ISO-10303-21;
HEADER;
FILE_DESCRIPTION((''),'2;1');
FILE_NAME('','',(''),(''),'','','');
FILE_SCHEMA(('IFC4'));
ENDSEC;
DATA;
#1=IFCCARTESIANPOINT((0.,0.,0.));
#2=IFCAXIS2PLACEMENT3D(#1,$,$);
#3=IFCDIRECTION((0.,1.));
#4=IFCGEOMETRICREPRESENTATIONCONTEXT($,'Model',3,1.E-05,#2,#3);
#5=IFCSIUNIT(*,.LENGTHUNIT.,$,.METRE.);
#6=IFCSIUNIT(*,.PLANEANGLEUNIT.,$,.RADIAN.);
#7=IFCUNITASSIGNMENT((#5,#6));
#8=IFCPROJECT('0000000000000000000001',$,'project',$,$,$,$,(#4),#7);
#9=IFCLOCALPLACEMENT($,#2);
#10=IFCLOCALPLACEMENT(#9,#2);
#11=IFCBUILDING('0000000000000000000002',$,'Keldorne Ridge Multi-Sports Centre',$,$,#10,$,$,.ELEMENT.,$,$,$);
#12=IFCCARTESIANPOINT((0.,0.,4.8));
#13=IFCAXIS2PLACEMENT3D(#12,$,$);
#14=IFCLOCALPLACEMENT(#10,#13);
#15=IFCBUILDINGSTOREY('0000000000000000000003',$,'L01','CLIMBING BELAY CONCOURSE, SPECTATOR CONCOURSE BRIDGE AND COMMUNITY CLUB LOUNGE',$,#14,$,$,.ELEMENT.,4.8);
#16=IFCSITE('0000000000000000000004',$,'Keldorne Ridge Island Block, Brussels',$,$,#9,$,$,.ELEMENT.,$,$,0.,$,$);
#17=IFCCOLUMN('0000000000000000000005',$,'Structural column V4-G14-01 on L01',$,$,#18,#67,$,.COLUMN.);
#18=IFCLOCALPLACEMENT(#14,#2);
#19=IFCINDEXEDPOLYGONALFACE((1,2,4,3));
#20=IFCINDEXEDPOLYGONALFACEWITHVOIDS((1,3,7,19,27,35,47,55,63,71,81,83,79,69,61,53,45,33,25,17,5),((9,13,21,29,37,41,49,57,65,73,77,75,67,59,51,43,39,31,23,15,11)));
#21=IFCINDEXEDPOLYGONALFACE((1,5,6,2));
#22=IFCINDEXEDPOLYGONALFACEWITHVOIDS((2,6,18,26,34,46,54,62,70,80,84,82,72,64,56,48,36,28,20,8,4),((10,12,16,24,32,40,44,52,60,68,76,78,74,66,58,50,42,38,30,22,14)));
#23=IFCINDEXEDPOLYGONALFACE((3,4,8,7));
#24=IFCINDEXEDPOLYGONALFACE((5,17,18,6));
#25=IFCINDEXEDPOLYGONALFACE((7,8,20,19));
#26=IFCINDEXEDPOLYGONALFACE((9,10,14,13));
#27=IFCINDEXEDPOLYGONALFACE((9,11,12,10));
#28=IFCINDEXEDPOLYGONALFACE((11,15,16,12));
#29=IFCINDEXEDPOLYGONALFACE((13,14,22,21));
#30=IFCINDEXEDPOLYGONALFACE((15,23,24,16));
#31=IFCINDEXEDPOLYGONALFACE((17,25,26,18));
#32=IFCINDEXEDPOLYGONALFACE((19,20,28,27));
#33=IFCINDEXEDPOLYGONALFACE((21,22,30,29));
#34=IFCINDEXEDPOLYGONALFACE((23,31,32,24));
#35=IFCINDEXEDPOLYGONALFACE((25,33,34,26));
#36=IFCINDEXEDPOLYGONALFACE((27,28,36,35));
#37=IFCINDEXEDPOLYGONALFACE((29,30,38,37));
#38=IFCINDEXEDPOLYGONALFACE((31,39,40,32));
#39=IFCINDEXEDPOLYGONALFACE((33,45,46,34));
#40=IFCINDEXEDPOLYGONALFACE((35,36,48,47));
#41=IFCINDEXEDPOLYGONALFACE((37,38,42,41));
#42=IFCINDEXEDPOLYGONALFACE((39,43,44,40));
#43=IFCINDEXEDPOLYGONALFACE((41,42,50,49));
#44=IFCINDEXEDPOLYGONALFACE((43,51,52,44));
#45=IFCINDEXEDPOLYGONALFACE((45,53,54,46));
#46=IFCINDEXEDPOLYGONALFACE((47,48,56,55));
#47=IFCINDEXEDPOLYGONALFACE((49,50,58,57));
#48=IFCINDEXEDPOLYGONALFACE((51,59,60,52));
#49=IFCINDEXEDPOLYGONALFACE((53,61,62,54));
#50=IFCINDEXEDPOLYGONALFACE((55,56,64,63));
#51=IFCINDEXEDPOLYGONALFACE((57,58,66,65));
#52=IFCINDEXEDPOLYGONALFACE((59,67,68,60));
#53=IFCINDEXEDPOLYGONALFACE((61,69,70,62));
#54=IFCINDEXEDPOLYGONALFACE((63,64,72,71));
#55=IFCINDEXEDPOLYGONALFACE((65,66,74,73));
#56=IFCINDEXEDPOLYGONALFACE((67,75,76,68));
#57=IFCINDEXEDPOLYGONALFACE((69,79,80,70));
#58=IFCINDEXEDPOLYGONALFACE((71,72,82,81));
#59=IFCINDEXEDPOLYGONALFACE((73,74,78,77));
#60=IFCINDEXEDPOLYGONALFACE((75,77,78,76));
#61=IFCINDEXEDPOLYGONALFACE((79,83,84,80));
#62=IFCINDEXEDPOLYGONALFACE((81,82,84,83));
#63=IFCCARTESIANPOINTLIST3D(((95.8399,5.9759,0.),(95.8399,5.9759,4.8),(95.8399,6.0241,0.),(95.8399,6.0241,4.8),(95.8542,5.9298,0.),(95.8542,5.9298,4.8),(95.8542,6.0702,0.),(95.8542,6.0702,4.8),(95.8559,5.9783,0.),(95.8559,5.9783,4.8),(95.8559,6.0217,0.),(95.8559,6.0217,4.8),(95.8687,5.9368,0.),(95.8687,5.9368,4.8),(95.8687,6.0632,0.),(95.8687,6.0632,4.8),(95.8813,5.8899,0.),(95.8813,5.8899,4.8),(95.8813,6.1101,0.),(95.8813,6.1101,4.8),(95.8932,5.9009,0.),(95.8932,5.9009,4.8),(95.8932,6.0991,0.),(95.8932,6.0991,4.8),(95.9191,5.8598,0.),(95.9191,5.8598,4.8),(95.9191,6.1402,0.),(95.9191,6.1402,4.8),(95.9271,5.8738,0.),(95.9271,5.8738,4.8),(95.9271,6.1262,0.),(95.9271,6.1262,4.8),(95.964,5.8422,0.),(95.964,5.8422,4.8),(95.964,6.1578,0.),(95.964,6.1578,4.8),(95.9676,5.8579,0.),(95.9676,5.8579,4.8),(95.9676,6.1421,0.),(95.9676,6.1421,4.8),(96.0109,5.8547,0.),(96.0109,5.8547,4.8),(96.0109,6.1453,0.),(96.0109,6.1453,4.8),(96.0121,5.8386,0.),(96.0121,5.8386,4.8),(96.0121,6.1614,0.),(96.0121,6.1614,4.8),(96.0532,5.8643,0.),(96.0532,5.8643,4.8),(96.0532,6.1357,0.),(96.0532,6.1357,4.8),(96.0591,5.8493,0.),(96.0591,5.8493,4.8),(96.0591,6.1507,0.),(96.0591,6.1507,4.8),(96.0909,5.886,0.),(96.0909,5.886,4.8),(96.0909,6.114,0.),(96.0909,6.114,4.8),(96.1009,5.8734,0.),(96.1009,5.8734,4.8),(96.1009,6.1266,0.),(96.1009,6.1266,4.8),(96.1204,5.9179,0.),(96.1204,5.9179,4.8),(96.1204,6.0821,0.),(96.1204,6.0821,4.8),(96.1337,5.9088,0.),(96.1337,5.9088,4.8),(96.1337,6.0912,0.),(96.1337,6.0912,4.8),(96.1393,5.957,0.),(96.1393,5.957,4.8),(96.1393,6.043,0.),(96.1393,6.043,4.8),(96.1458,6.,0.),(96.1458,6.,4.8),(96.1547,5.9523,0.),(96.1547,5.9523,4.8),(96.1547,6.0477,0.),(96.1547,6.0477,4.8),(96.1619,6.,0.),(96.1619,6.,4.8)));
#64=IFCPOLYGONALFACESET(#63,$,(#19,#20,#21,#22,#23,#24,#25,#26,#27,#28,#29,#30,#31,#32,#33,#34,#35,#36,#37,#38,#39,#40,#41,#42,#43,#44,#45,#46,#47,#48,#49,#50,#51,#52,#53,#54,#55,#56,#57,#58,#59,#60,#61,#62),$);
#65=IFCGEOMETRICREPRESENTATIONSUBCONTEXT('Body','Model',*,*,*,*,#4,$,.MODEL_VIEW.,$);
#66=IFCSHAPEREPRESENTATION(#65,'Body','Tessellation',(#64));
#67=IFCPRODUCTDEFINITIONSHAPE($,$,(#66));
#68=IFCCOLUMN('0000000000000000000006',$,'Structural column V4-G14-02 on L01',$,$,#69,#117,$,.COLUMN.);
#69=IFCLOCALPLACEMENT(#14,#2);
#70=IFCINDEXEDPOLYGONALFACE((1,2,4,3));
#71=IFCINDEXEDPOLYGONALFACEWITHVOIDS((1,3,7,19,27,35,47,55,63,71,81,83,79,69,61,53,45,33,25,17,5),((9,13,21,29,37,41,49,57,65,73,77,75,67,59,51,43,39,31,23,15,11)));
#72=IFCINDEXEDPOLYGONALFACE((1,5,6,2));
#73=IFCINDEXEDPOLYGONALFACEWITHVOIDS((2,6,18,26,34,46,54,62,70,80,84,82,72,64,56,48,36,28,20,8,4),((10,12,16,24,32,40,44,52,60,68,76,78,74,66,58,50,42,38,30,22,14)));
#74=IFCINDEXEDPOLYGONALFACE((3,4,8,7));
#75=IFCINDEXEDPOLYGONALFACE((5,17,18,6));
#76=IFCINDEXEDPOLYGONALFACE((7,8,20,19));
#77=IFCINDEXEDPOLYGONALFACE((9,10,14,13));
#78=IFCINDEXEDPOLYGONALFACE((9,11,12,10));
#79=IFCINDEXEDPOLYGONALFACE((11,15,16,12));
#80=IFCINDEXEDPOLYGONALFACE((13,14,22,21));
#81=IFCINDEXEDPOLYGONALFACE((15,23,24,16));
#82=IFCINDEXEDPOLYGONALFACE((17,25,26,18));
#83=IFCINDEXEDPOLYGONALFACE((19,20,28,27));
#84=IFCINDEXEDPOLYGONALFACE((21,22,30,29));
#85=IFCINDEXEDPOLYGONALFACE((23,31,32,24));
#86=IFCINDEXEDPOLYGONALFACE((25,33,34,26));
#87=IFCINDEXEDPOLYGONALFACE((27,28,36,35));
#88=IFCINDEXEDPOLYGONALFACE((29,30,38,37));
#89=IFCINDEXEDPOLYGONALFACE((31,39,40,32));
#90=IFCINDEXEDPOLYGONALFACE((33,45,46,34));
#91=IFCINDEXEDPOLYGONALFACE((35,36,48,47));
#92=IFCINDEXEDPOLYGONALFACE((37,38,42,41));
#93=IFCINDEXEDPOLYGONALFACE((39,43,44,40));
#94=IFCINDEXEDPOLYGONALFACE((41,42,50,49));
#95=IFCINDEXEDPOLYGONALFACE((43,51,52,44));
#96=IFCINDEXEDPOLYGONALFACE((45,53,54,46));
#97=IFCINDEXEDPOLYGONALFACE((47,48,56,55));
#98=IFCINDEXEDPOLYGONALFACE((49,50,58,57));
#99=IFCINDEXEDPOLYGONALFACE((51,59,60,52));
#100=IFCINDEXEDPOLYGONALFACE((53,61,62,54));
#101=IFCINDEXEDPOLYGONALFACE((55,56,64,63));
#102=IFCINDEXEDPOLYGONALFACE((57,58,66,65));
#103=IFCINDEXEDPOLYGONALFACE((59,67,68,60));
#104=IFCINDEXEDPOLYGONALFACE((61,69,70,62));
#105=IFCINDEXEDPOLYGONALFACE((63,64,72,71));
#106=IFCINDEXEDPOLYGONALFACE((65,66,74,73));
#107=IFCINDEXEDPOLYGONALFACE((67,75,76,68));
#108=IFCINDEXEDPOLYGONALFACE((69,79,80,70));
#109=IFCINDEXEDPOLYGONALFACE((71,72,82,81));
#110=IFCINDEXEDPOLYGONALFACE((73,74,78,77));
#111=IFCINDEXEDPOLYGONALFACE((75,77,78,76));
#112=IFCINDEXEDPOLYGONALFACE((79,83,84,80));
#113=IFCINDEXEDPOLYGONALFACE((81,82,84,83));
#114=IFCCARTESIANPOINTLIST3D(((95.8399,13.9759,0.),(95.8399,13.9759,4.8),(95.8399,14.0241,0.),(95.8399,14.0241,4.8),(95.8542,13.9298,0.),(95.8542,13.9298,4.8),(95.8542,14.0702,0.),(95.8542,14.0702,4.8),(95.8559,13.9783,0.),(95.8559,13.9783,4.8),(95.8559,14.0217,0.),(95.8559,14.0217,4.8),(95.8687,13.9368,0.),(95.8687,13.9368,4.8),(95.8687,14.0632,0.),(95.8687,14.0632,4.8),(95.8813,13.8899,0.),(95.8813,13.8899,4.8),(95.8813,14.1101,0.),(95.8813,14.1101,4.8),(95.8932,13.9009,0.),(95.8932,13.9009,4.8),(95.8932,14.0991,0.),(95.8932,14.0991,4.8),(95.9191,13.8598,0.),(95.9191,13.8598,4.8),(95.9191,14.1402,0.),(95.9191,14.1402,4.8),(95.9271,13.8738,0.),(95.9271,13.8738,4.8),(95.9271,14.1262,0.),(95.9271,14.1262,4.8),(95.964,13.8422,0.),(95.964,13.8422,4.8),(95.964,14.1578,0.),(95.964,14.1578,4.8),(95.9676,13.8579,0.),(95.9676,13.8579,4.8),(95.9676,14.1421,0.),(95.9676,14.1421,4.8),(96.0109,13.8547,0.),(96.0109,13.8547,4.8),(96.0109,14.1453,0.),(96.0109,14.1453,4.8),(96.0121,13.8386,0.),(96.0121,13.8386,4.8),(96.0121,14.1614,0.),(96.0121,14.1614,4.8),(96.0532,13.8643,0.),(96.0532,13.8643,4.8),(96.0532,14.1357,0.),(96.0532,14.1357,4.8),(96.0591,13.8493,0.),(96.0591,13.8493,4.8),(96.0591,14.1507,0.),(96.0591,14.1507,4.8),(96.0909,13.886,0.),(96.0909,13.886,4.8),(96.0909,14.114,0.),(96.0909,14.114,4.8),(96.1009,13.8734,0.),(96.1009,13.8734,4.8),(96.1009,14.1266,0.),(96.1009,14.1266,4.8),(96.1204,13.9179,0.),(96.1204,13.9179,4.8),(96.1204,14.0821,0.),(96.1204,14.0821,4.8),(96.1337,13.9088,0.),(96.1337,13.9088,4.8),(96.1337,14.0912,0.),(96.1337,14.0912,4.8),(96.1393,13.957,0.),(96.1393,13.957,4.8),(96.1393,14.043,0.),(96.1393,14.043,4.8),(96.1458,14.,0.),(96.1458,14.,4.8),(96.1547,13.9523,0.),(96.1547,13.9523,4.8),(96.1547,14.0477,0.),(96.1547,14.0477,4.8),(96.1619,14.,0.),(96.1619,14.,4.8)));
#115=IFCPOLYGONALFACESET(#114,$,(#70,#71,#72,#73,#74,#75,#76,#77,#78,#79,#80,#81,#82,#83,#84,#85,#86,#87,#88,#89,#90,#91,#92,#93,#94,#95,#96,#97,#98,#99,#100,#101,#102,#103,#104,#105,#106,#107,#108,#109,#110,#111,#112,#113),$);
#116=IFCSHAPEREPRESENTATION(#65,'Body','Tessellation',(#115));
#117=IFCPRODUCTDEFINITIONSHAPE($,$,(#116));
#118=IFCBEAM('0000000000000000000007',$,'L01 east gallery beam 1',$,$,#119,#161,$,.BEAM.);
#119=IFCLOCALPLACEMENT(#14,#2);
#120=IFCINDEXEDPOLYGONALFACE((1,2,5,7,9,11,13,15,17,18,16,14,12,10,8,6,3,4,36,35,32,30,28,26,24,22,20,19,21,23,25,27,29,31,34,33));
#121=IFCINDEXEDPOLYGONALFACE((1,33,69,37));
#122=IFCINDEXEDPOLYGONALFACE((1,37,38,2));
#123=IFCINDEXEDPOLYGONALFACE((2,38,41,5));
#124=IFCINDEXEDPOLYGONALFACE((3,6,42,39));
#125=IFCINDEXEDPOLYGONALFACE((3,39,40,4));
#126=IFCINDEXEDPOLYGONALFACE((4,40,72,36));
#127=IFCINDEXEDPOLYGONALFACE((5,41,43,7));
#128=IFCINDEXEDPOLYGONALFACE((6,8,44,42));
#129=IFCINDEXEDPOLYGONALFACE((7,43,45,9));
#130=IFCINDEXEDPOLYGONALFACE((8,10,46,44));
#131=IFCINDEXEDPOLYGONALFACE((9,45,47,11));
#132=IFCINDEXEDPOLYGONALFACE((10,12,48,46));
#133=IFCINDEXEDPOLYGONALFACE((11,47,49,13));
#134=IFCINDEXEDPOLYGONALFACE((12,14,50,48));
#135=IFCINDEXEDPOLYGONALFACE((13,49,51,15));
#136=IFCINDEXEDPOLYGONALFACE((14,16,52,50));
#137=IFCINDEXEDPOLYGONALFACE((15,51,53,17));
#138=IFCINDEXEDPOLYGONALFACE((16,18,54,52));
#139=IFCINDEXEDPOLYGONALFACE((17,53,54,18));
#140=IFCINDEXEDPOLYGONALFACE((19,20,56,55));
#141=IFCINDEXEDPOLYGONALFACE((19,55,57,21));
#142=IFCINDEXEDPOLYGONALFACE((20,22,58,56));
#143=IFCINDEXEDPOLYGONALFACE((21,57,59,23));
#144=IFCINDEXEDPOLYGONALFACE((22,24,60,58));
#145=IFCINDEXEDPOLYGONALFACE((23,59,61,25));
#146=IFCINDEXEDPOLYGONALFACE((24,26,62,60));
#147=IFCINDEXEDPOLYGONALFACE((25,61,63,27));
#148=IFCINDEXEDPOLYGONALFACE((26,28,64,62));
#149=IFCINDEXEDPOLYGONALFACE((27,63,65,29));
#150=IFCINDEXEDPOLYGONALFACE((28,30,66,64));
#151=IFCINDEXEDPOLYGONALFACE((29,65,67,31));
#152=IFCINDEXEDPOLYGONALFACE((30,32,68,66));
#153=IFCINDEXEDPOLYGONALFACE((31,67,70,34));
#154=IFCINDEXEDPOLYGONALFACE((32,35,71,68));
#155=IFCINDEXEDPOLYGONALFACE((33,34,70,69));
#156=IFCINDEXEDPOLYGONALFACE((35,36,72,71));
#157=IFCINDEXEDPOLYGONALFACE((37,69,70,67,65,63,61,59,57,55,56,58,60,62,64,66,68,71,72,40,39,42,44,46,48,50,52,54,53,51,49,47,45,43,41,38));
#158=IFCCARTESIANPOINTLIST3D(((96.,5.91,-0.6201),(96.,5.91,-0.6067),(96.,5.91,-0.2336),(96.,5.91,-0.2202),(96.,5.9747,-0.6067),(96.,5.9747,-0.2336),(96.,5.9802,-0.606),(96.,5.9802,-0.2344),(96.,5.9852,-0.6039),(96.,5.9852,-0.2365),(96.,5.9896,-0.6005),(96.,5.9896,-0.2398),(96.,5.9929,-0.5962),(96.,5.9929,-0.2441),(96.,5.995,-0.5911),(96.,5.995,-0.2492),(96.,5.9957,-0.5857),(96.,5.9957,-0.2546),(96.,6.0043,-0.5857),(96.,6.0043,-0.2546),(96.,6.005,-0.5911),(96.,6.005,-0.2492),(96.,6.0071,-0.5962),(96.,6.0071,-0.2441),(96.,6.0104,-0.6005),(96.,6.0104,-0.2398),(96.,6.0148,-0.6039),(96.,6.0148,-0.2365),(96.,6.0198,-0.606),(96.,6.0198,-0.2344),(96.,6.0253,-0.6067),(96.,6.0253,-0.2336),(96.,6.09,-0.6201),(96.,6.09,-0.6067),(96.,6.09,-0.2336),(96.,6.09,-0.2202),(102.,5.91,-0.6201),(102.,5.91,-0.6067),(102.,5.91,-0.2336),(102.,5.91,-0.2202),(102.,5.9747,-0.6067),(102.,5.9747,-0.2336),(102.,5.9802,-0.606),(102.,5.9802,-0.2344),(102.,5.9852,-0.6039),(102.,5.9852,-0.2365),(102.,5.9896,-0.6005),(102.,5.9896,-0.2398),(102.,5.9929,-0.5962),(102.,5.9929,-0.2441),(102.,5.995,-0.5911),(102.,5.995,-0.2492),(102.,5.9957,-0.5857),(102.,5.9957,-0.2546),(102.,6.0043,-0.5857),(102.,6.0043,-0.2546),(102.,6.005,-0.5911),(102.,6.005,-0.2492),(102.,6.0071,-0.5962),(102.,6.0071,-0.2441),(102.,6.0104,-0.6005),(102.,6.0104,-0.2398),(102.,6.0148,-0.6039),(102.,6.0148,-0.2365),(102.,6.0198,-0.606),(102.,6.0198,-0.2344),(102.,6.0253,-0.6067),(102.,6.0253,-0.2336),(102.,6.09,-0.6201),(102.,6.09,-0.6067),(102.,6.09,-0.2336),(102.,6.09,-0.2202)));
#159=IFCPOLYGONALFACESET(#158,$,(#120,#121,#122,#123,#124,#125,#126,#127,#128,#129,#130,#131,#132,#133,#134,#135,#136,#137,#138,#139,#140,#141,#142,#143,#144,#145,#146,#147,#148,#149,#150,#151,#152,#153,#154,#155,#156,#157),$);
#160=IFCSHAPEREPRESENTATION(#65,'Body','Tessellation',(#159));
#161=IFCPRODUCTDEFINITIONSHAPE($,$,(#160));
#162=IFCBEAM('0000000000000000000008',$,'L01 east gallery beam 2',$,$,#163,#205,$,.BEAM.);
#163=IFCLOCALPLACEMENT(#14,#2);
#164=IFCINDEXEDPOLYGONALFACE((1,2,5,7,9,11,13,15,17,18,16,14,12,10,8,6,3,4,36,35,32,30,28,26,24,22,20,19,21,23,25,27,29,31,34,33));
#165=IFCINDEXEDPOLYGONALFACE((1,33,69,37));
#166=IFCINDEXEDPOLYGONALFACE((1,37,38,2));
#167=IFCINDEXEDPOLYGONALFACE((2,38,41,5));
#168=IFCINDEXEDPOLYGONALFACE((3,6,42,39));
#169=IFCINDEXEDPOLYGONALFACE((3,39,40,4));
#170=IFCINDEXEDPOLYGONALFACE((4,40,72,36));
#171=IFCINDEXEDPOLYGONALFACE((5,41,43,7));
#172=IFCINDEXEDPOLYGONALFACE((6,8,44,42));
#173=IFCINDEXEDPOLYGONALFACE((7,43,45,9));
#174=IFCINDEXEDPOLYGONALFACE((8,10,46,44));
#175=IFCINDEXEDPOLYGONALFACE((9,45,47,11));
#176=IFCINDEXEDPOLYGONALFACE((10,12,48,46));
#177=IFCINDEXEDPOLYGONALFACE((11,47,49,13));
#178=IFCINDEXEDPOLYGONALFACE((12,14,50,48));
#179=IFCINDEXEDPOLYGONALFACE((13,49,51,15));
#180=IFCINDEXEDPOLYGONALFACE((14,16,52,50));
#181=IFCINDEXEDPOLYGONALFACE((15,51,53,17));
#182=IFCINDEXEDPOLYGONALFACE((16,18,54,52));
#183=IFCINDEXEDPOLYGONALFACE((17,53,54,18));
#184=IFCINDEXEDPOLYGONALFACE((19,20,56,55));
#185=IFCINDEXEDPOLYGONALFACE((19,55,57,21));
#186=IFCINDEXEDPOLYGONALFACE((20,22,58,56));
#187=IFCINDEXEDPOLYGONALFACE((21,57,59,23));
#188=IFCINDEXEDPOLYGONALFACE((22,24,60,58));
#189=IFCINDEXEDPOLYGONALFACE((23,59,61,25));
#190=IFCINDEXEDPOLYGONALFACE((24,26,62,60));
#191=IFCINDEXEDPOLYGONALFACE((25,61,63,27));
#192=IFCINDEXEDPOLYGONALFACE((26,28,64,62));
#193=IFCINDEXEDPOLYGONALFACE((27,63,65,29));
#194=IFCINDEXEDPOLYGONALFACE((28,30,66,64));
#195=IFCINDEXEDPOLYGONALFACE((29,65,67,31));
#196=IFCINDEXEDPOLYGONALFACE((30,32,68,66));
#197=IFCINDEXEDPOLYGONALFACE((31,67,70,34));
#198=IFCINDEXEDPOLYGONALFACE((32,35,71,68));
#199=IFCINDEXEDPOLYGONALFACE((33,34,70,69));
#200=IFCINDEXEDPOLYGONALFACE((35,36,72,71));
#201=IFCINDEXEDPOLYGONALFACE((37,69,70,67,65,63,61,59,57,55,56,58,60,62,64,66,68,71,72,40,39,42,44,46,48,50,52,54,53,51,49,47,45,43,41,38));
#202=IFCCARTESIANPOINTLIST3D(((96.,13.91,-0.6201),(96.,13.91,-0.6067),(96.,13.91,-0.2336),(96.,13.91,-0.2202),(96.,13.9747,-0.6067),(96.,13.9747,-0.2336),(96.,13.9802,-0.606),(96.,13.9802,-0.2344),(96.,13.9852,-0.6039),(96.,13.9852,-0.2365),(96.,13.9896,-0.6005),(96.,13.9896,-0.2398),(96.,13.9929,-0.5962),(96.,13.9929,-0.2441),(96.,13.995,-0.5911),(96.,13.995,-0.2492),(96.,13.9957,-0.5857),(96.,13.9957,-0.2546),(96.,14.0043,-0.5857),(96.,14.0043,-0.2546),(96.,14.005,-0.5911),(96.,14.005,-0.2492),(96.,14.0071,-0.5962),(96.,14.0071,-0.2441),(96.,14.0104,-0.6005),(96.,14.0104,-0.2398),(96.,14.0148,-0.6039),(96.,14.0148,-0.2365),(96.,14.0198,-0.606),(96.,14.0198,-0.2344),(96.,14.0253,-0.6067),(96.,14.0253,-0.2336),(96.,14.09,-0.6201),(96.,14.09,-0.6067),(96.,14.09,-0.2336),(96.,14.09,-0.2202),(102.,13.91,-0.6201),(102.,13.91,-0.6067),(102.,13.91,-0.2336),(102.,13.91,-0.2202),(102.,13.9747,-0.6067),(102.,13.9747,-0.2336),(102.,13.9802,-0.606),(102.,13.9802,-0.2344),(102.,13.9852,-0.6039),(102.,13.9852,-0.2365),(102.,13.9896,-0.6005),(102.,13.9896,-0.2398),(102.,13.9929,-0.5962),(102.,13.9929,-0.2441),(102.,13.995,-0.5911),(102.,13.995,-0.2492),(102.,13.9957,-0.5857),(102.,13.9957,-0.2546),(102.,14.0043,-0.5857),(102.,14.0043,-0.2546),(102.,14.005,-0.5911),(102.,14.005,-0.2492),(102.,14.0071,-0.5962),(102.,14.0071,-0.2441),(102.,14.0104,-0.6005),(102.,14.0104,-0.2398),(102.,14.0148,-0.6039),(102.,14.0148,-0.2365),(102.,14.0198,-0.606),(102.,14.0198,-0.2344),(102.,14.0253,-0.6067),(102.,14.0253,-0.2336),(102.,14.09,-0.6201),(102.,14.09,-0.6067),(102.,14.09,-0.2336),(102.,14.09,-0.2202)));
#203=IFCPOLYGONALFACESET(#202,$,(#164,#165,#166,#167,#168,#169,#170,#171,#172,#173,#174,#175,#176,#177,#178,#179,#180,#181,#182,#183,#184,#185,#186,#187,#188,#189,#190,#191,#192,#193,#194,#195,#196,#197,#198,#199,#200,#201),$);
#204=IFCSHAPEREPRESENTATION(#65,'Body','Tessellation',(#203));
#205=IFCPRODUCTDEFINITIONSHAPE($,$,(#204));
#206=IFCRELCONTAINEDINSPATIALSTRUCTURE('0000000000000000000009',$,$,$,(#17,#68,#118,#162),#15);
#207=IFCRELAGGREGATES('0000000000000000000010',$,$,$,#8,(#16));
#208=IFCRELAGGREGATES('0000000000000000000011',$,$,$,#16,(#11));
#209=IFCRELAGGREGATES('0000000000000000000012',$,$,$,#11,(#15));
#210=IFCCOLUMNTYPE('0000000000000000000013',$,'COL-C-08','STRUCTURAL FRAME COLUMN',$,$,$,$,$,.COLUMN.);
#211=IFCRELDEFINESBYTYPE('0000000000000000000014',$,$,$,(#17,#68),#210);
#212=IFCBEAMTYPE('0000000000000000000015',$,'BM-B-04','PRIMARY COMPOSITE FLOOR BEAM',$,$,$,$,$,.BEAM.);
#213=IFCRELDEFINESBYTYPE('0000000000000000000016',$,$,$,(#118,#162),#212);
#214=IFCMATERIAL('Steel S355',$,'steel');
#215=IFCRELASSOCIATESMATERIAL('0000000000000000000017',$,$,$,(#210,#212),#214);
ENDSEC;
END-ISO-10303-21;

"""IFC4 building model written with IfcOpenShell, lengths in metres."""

from ifc_helpers import new_model, si_unit, direction, frame, origin, origin_2d, place, context, subcontext, project, spatial, hollow_circle, i_section, extrude, material, material_profile, profile_set, type_object, element, save


model = new_model("IFC4")

# Units and contexts
model_context = context("Model", 3, precision=1e-05, world=origin(), true_north=direction((0.0, 1.0)))
body_context = subcontext(model_context, "Body", "Model", "MODEL_VIEW")
ifc_project = project(units=[si_unit("LENGTHUNIT", "METRE"), si_unit("PLANEANGLEUNIT", "RADIAN")], contexts=[model_context])

# Site, building, storey
site_placement = place(None, origin())
site = spatial("IfcSite", under=ifc_project, at=site_placement, Name="Keldorne Ridge Island Block, Brussels", CompositionType="ELEMENT", RefElevation=0.0)
building_placement = place(site_placement, origin())
building = spatial("IfcBuilding", under=site, at=building_placement, Name="Keldorne Ridge Multi-Sports Centre", CompositionType="ELEMENT")
storey_placement = place(building_placement, frame((0.0, 0.0, 4.8)))
storey = spatial("IfcBuildingStorey", under=building, at=storey_placement, Name="L01", Description="CLIMBING BELAY CONCOURSE, SPECTATOR CONCOURSE BRIDGE AND COMMUNITY CLUB LOUNGE", CompositionType="ELEMENT", Elevation=4.8)

# Columns
ifc_material_1 = material(Name="Steel S355", Category="steel")
ifc_material_profile_1 = material_profile(ifc_material_1, hollow_circle(Radius=0.1619, WallThickness=0.0161, at=origin_2d()), Name="CHS 323.9x16")
ifc_profile_set_1 = profile_set([ifc_material_profile_1], Name="Steel S355")
column_type = type_object("IfcColumnType", Name="COL-C-08", Description="STRUCTURAL FRAME COLUMN", PredefinedType="COLUMN", material=ifc_profile_set_1)
for number, where, z_axis, x_axis, name in (
    (1, (96.0, 6.0, 0.0), (0.0, 0.0, 1.0), (1.0, 0.0, 0.0), "Structural column V4-G14-01 on L01"),
    (2, (96.0, 14.0, 0.0), (0.0, 0.0, 1.0), (1.0, 0.0, 0.0), "Structural column V4-G14-02 on L01"),
):
    element("IfcColumn", number, at=place(storey_placement, frame(where, z_axis=z_axis, x_axis=x_axis)), inside=storey, type_object=column_type, Name=name, PredefinedType="COLUMN", context=body_context, shape_type="SweptSolid", body=[
        extrude(hollow_circle(Radius=0.1619, WallThickness=0.0161, at=origin_2d()), origin(), (0.0, 0.0, 1.0), 4.8),
    ])

# Beams
ifc_material_profile_2 = material_profile(ifc_material_1, i_section(OverallWidth=0.1799, OverallDepth=0.3999, WebThickness=0.0085, FlangeThickness=0.0134, FilletRadius=0.021, at=origin_2d()), Name="IPE 400")
ifc_profile_set_2 = profile_set([ifc_material_profile_2], Name="Steel S355")
beam_type_1 = type_object("IfcBeamType", Name="BM-B-04", Description="PRIMARY COMPOSITE FLOOR BEAM", PredefinedType="BEAM", material=ifc_profile_set_2)
for number, where, z_axis, x_axis, name in (
    (3, (96.0, 6.0, -0.4202), (1.0, 0.0, 0.0), (0.0, 1.0, 0.0), "L01 east gallery beam 1"),
    (4, (96.0, 14.0, -0.4202), (1.0, 0.0, 0.0), (0.0, 1.0, 0.0), "L01 east gallery beam 2"),
):
    element("IfcBeam", number, at=place(storey_placement, frame(where, z_axis=z_axis, x_axis=x_axis)), inside=storey, type_object=beam_type_1, Name=name, PredefinedType="BEAM", context=body_context, shape_type="SweptSolid", body=[
        extrude(i_section(OverallWidth=0.1799, OverallDepth=0.3999, WebThickness=0.0085, FlangeThickness=0.0134, FilletRadius=0.021, at=origin_2d()), origin(), (0.0, 0.0, 1.0), 6.0),
    ])

save(model, "model.ifc")
